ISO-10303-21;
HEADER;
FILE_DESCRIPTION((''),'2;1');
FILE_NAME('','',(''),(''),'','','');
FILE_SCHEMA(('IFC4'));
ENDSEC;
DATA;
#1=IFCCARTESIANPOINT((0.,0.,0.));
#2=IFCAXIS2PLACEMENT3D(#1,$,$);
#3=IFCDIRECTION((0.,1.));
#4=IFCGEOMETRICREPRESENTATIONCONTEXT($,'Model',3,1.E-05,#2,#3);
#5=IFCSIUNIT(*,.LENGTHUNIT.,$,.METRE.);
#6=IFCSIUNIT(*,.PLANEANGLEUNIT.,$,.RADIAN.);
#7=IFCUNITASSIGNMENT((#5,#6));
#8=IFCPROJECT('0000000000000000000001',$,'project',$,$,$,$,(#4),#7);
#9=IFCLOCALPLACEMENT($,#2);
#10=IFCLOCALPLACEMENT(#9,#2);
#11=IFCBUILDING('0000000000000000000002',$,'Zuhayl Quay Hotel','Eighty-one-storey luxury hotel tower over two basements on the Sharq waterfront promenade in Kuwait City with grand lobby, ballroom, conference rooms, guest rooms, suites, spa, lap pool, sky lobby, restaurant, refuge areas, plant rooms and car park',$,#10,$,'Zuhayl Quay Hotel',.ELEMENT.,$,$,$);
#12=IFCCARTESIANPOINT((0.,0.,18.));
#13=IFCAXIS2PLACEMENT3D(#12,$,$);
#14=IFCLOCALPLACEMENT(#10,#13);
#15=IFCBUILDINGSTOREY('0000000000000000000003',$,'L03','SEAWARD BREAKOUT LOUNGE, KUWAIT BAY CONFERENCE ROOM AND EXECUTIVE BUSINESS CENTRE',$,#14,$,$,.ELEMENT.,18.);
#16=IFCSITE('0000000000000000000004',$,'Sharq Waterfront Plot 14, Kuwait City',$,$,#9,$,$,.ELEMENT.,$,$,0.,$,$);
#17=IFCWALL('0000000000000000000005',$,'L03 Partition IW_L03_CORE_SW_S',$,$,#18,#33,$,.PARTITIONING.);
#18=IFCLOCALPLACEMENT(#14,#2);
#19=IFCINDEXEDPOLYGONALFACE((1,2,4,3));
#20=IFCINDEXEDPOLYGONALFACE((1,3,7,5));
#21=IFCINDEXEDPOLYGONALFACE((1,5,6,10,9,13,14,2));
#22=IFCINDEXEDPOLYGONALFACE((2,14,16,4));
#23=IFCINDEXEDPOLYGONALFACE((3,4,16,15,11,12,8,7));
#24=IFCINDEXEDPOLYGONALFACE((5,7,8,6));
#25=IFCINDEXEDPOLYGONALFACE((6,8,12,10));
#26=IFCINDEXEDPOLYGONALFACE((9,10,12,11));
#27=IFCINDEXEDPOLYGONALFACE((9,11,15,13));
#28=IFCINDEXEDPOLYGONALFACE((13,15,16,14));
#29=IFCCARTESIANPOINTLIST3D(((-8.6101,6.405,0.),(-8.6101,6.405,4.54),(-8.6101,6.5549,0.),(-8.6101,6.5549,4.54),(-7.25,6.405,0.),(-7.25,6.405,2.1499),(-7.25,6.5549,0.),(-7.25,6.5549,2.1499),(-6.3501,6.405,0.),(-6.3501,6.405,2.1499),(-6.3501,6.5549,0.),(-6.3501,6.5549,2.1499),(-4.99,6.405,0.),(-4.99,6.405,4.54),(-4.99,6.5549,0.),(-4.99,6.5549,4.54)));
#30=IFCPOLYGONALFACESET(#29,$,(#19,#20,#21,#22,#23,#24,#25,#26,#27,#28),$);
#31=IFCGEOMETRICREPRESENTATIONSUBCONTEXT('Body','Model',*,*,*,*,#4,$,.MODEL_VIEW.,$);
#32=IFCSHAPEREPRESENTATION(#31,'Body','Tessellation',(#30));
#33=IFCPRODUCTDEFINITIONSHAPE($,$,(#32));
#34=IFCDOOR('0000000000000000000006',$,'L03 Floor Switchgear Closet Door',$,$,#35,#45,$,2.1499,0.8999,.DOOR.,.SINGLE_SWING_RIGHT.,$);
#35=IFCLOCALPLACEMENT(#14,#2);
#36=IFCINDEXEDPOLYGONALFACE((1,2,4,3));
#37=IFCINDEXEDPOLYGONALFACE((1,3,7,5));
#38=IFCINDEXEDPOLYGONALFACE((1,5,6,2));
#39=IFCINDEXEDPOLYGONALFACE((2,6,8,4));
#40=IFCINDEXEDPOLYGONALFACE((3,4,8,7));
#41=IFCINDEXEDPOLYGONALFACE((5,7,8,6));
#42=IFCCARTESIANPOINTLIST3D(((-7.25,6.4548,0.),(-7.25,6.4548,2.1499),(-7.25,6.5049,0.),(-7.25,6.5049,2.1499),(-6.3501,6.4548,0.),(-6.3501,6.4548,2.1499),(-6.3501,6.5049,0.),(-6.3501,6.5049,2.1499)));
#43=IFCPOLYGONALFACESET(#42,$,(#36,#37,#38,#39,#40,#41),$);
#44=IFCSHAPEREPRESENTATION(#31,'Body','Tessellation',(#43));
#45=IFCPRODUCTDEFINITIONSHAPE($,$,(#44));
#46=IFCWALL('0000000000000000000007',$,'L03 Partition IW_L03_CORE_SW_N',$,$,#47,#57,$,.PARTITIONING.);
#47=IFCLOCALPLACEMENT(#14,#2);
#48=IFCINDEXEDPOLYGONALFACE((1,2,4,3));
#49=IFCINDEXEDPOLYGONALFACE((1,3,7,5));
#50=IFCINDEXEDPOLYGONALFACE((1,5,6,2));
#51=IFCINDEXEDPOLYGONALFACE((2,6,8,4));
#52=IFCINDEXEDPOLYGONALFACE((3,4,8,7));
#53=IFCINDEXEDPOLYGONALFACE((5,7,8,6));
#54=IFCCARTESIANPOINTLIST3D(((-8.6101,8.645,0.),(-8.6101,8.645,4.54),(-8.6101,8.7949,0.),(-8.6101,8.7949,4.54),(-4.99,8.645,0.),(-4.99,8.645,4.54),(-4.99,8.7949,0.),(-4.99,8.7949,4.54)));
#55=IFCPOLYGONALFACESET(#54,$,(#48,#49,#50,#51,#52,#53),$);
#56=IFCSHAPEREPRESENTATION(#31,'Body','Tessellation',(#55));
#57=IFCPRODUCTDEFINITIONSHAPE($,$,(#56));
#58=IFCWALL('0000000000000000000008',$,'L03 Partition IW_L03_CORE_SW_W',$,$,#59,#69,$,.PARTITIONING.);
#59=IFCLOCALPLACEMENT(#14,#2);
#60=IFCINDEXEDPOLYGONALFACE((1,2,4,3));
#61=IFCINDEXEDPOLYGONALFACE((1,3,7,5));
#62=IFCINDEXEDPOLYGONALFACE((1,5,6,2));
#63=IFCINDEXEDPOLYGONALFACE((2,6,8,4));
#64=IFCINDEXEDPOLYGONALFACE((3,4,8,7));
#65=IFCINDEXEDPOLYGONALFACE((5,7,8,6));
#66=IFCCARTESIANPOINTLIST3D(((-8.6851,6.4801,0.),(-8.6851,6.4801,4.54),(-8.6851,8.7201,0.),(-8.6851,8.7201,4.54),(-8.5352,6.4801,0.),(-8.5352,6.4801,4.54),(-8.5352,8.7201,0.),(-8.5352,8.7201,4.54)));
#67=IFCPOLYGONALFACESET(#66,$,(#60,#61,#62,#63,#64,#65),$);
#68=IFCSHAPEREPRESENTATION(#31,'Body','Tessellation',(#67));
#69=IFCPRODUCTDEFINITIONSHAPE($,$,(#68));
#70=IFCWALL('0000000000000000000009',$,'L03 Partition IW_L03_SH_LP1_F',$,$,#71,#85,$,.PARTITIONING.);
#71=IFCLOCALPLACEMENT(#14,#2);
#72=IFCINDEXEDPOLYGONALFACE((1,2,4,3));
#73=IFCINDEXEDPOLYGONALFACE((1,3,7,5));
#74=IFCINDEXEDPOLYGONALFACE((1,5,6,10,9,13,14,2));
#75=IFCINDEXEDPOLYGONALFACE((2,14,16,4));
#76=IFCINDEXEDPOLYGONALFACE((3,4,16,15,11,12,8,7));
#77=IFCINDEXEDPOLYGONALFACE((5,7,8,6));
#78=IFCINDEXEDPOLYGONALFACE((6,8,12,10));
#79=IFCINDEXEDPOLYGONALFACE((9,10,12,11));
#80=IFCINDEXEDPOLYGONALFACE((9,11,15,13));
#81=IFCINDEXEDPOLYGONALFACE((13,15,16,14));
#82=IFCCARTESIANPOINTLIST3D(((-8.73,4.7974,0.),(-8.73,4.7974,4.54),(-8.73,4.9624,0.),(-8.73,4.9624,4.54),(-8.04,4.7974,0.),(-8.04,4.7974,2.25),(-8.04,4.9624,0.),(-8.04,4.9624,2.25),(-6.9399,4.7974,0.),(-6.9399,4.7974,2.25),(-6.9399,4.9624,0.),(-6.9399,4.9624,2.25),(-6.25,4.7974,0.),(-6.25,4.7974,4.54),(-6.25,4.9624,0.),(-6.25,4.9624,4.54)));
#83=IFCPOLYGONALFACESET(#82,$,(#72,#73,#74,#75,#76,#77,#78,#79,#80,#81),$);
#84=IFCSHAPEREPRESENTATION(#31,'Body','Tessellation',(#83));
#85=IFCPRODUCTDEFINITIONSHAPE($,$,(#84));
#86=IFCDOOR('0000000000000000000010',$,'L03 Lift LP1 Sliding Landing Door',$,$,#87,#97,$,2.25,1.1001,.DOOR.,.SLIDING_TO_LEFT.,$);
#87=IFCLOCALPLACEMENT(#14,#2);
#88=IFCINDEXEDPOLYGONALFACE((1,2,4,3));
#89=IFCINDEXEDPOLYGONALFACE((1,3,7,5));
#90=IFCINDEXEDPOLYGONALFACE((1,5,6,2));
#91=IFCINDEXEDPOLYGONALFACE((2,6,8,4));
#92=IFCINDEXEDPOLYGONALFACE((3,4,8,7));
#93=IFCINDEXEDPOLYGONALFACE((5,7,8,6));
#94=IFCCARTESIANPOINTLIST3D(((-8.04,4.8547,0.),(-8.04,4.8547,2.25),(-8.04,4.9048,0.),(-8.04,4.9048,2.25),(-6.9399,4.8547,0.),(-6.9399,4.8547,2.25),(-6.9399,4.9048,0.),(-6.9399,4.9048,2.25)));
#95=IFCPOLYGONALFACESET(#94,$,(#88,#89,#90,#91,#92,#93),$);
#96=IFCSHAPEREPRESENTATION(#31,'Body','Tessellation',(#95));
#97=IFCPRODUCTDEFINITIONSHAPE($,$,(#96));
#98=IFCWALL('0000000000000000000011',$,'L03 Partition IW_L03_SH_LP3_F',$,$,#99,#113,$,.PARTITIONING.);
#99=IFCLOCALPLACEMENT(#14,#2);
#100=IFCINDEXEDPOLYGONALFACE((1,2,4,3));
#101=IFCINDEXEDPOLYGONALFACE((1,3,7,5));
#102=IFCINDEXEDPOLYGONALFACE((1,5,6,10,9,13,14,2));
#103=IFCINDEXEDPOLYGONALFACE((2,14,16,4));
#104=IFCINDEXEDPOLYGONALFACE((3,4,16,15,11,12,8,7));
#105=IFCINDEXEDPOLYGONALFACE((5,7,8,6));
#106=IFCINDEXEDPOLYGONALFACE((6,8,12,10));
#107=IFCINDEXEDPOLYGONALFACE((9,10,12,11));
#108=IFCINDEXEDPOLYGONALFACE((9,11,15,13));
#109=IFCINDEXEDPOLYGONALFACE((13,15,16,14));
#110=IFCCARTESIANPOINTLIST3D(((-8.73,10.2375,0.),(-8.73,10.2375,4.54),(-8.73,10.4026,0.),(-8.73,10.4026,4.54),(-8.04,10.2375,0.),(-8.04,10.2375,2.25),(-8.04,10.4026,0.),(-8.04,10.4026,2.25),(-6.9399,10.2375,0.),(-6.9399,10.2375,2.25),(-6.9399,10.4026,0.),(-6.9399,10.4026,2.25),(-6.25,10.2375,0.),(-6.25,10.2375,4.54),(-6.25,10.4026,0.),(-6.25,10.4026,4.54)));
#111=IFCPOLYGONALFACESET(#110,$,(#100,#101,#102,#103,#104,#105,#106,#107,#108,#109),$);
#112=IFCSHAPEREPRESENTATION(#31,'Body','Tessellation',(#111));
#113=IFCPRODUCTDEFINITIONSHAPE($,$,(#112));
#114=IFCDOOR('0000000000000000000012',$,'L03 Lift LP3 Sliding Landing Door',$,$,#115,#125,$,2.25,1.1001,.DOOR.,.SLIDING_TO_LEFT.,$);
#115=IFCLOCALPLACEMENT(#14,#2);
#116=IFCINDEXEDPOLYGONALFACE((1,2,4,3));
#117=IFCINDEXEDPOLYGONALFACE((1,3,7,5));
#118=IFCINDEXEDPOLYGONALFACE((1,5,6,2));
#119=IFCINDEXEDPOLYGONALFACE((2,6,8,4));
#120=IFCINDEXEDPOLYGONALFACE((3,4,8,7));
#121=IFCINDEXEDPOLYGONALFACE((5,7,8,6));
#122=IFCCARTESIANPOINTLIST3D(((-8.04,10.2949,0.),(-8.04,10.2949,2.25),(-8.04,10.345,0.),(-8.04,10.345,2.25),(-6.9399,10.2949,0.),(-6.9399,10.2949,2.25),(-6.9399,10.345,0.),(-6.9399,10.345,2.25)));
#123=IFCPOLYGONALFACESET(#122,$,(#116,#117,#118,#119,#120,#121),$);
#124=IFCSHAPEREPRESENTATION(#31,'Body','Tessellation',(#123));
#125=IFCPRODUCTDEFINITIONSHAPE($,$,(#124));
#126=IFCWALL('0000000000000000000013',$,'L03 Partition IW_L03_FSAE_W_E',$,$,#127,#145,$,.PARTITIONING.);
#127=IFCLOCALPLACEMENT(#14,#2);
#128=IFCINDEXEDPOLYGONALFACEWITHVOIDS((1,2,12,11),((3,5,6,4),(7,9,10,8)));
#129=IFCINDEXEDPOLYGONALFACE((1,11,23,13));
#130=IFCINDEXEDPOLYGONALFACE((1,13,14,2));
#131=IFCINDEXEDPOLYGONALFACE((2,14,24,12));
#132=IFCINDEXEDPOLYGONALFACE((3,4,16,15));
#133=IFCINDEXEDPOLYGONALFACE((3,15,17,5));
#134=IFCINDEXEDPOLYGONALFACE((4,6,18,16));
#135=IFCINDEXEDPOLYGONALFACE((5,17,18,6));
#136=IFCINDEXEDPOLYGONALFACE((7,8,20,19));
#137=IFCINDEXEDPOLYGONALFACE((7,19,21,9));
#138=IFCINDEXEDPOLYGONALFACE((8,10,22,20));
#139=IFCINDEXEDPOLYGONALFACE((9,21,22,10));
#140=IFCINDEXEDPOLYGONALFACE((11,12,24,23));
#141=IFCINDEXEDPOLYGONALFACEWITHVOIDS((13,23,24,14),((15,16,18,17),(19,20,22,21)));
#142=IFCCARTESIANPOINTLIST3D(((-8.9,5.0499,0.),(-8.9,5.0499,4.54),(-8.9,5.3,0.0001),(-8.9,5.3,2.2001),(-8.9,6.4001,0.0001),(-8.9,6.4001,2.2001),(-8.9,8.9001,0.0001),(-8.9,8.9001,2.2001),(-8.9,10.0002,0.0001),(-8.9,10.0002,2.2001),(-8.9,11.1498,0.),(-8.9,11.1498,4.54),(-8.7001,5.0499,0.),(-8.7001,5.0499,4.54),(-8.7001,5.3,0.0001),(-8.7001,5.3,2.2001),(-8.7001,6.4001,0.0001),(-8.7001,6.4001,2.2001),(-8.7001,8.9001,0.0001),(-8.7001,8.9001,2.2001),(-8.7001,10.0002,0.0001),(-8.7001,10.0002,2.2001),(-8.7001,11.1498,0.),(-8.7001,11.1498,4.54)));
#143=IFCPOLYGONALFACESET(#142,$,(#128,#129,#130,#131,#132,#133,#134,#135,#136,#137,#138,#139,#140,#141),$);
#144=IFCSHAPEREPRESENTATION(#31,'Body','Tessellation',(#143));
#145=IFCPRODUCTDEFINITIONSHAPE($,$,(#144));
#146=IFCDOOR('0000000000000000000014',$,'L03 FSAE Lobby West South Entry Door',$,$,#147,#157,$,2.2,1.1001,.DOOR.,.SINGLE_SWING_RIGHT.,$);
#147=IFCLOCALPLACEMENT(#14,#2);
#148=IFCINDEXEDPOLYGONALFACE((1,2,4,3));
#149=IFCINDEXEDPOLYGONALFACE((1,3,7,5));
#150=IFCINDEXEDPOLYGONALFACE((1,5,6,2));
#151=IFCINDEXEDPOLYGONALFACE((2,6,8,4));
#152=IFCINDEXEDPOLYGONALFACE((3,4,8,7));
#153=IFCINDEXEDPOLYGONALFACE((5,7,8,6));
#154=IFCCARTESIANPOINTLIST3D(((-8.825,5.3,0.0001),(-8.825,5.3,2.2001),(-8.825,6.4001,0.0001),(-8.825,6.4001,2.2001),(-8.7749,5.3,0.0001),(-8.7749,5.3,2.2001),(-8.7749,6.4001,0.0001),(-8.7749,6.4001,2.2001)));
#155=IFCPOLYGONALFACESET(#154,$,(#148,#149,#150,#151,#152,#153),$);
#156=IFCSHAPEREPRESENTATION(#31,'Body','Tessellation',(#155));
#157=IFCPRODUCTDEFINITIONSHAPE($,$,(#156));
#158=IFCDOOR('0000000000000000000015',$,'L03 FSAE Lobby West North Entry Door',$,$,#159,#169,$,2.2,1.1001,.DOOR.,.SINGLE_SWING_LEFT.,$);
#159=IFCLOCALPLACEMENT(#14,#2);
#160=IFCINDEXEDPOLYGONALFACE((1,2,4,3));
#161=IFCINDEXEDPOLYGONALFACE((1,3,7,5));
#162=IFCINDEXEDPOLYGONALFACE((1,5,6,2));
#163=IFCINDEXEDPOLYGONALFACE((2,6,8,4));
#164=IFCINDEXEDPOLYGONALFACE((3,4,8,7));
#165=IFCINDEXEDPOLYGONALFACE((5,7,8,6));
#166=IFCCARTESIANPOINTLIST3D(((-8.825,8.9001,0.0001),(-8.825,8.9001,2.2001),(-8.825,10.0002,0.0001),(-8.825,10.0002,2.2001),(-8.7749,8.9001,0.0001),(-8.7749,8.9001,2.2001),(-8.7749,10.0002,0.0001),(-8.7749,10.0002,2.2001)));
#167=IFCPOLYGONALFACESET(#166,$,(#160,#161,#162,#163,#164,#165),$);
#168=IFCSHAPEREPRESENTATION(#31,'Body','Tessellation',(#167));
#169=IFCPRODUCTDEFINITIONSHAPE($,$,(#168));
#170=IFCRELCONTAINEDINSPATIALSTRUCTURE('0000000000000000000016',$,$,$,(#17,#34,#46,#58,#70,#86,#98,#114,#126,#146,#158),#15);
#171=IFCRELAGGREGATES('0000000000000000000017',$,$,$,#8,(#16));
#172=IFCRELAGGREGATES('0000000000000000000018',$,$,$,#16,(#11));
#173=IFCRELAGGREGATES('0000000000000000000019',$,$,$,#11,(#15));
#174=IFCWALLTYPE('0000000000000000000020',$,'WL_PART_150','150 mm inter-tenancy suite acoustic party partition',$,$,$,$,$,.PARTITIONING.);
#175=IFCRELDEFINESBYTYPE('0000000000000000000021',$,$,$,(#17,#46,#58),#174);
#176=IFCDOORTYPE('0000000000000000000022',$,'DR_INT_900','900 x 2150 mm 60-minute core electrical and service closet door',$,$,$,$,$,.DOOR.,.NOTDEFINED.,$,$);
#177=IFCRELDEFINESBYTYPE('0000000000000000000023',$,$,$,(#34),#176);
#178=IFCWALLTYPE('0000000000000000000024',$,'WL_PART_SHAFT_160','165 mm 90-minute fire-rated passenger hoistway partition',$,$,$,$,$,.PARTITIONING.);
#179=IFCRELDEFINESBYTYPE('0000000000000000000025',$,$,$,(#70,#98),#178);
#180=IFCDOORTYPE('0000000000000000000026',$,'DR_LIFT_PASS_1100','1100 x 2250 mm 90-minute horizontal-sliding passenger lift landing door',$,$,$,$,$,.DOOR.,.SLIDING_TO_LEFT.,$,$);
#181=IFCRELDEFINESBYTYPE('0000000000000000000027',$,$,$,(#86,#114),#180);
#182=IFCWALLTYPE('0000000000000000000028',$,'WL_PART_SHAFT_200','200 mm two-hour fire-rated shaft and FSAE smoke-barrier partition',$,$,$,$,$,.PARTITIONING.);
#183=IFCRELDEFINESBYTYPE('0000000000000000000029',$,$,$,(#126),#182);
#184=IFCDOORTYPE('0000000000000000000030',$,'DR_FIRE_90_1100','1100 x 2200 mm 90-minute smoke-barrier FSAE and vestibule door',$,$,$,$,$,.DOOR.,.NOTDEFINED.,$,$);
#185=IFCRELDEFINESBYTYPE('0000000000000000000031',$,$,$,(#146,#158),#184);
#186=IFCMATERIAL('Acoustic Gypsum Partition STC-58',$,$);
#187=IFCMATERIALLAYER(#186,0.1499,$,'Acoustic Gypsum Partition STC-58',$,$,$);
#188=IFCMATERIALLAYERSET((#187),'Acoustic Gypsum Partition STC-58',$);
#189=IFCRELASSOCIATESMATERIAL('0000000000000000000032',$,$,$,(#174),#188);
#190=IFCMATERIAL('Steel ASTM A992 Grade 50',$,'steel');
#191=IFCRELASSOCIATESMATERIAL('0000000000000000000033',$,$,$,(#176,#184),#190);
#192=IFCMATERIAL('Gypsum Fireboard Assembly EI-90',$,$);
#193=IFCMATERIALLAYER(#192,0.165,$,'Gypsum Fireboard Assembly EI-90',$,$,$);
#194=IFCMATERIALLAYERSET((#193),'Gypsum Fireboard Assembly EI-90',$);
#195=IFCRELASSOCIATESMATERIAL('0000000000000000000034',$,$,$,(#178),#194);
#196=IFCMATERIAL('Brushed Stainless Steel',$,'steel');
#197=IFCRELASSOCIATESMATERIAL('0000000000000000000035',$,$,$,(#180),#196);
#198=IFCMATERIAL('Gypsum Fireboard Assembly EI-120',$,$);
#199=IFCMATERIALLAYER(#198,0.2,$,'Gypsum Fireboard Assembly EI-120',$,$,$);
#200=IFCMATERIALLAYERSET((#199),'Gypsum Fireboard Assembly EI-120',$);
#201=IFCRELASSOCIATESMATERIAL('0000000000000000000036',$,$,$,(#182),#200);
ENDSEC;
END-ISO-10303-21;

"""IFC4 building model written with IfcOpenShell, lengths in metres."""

from ifc_helpers import new_model, si_unit, direction, frame, frame_2d, origin, place, context, subcontext, project, spatial, rectangle, extrude, material, layer, layer_set, type_object, element, fill, save


model = new_model("IFC4")

# Units and contexts
model_context = context("Model", 3, precision=1e-05, world=origin(), true_north=direction((0.0, 1.0)))
body_context = subcontext(model_context, "Body", "Model", "MODEL_VIEW")
ifc_project = project(units=[si_unit("LENGTHUNIT", "METRE"), si_unit("PLANEANGLEUNIT", "RADIAN")], contexts=[model_context])

# Site, building, storey
site_placement = place(None, origin())
site = spatial("IfcSite", under=ifc_project, at=site_placement, Name="Sharq Waterfront Plot 14, Kuwait City", CompositionType="ELEMENT", RefElevation=0.0)
building_placement = place(site_placement, origin())
building = spatial("IfcBuilding", under=site, at=building_placement, Name="Zuhayl Quay Hotel", Description="Eighty-one-storey luxury hotel tower over two basements on the Sharq waterfront promenade in Kuwait City with grand lobby, ballroom, conference rooms, guest rooms, suites, spa, lap pool, sky lobby, restaurant, refuge areas, plant rooms and car park", LongName="Zuhayl Quay Hotel", CompositionType="ELEMENT")
storey_placement = place(building_placement, frame((0.0, 0.0, 18.0)))
storey = spatial("IfcBuildingStorey", under=building, at=storey_placement, Name="L03", Description="SEAWARD BREAKOUT LOUNGE, KUWAIT BAY CONFERENCE ROOM AND EXECUTIVE BUSINESS CENTRE", CompositionType="ELEMENT", Elevation=18.0)

# Wall, opening, door
ifc_material_1 = material(Name="Acoustic Gypsum Partition STC-58")
ifc_layer_1 = layer(ifc_material_1, 0.1499, Name="Acoustic Gypsum Partition STC-58")
ifc_layer_set_1 = layer_set([ifc_layer_1], Name="Acoustic Gypsum Partition STC-58")
wall_type_1 = type_object("IfcWallType", Name="WL_PART_150", Description="150 mm inter-tenancy suite acoustic party partition", PredefinedType="PARTITIONING", material=ifc_layer_set_1)
wall_1_placement = place(storey_placement, frame((-8.6101, 6.48, 0.0), z_axis=(0.0, 0.0, 1.0), x_axis=(1.0, 0.0, 0.0)))
wall_1 = element("IfcWall", 1, at=wall_1_placement, inside=storey, type_object=wall_type_1, Name="L03 Partition IW_L03_CORE_SW_S", PredefinedType="PARTITIONING", context=body_context, shape_type="SweptSolid", body=[
    extrude(rectangle(XDim=3.6201, YDim=0.1499, at=frame_2d((1.8101, 0.0))), origin(), (0.0, 0.0, 1.0), 4.54),
])
opening_1_placement = place(wall_1_placement, frame((1.3601, 0.0, 0.0)))
opening_1 = element("IfcOpeningElement", 2, at=opening_1_placement, cuts=wall_1, PredefinedType="OPENING", context=body_context, shape_type="SweptSolid", body=[
    extrude(rectangle(XDim=0.8999, YDim=2.1499, at=frame_2d((0.45, 1.075))), frame((0.0, 0.085, 0.0), z_axis=(0.0, -1.0, 0.0), x_axis=(1.0, 0.0, 0.0)), (0.0, 0.0, 1.0), 0.1699),
])
ifc_material_2 = material(Name="Steel ASTM A992 Grade 50", Category="steel")
door_type_1 = type_object("IfcDoorType", Name="DR_INT_900", Description="900 x 2150 mm 60-minute core electrical and service closet door", OperationType="NOTDEFINED", PredefinedType="DOOR", material=ifc_material_2)
door_1_placement = place(opening_1_placement, origin())
door_1 = element("IfcDoor", 3, at=door_1_placement, inside=storey, type_object=door_type_1, Name="L03 Floor Switchgear Closet Door", OperationType="SINGLE_SWING_RIGHT", OverallHeight=2.1499, OverallWidth=0.8999, PredefinedType="DOOR", context=body_context, shape_type="SweptSolid", body=[
    extrude(rectangle(XDim=0.8999, YDim=2.1499, at=frame_2d((0.45, 1.075))), frame((0.0, 0.0249, 0.0), z_axis=(0.0, -1.0, 0.0), x_axis=(1.0, 0.0, 0.0)), (0.0, 0.0, 1.0), 0.05),
])
fill(opening_1, door_1)

# Walls
wall_2_placement = place(storey_placement, frame((-8.6101, 8.72, 0.0), z_axis=(0.0, 0.0, 1.0), x_axis=(1.0, 0.0, 0.0)))
element("IfcWall", 4, at=wall_2_placement, inside=storey, type_object=wall_type_1, Name="L03 Partition IW_L03_CORE_SW_N", PredefinedType="PARTITIONING", context=body_context, shape_type="SweptSolid", body=[
    extrude(rectangle(XDim=3.6201, YDim=0.1499, at=frame_2d((1.8101, 0.0))), origin(), (0.0, 0.0, 1.0), 4.54),
])
wall_3_placement = place(storey_placement, frame((-8.6101, 6.48, 0.0), z_axis=(0.0, 0.0, 1.0), x_axis=(0.0, 1.0, 0.0)))
element("IfcWall", 5, at=wall_3_placement, inside=storey, type_object=wall_type_1, Name="L03 Partition IW_L03_CORE_SW_W", PredefinedType="PARTITIONING", context=body_context, shape_type="SweptSolid", body=[
    extrude(rectangle(XDim=2.24, YDim=0.1499, at=frame_2d((1.1201, 0.0))), origin(), (0.0, 0.0, 1.0), 4.54),
])

# Walls, openings, doors
ifc_material_3 = material(Name="Gypsum Fireboard Assembly EI-90")
ifc_layer_2 = layer(ifc_material_3, 0.165, Name="Gypsum Fireboard Assembly EI-90")
ifc_layer_set_2 = layer_set([ifc_layer_2], Name="Gypsum Fireboard Assembly EI-90")
wall_type_2 = type_object("IfcWallType", Name="WL_PART_SHAFT_160", Description="165 mm 90-minute fire-rated passenger hoistway partition", PredefinedType="PARTITIONING", material=ifc_layer_set_2)
wall_4_placement = place(storey_placement, frame((-8.73, 4.8799, 0.0), z_axis=(0.0, 0.0, 1.0), x_axis=(1.0, 0.0, 0.0)))
wall_4 = element("IfcWall", 6, at=wall_4_placement, inside=storey, type_object=wall_type_2, Name="L03 Partition IW_L03_SH_LP1_F", PredefinedType="PARTITIONING", context=body_context, shape_type="SweptSolid", body=[
    extrude(rectangle(XDim=2.48, YDim=0.165, at=frame_2d((1.24, 0.0))), origin(), (0.0, 0.0, 1.0), 4.54),
])
opening_2_placement = place(wall_4_placement, frame((0.6899, 0.0, 0.0)))
opening_2 = element("IfcOpeningElement", 7, at=opening_2_placement, cuts=wall_4, PredefinedType="OPENING", context=body_context, shape_type="SweptSolid", body=[
    extrude(rectangle(XDim=1.1001, YDim=2.25, at=frame_2d((0.55, 1.125))), frame((0.0, 0.0925, 0.0), z_axis=(0.0, -1.0, 0.0), x_axis=(1.0, 0.0, 0.0)), (0.0, 0.0, 1.0), 0.1851),
])
ifc_material_4 = material(Name="Brushed Stainless Steel", Category="steel")
door_type_2 = type_object("IfcDoorType", Name="DR_LIFT_PASS_1100", Description="1100 x 2250 mm 90-minute horizontal-sliding passenger lift landing door", OperationType="SLIDING_TO_LEFT", PredefinedType="DOOR", material=ifc_material_4)
door_2_placement = place(opening_2_placement, origin())
door_2 = element("IfcDoor", 8, at=door_2_placement, inside=storey, type_object=door_type_2, Name="L03 Lift LP1 Sliding Landing Door", OperationType="SLIDING_TO_LEFT", OverallHeight=2.25, OverallWidth=1.1001, PredefinedType="DOOR", context=body_context, shape_type="SweptSolid", body=[
    extrude(rectangle(XDim=1.1001, YDim=2.25, at=frame_2d((0.55, 1.125))), frame((0.0, 0.0249, 0.0), z_axis=(0.0, -1.0, 0.0), x_axis=(1.0, 0.0, 0.0)), (0.0, 0.0, 1.0), 0.05),
])
fill(opening_2, door_2)
wall_5_placement = place(storey_placement, frame((-8.73, 10.3201, 0.0), z_axis=(0.0, 0.0, 1.0), x_axis=(1.0, 0.0, 0.0)))
wall_5 = element("IfcWall", 9, at=wall_5_placement, inside=storey, type_object=wall_type_2, Name="L03 Partition IW_L03_SH_LP3_F", PredefinedType="PARTITIONING", context=body_context, shape_type="SweptSolid", body=[
    extrude(rectangle(XDim=2.48, YDim=0.165, at=frame_2d((1.24, 0.0))), origin(), (0.0, 0.0, 1.0), 4.54),
])
opening_3_placement = place(wall_5_placement, frame((0.6899, 0.0, 0.0)))
opening_3 = element("IfcOpeningElement", 10, at=opening_3_placement, cuts=wall_5, PredefinedType="OPENING", context=body_context, shape_type="SweptSolid", body=[
    extrude(rectangle(XDim=1.1001, YDim=2.25, at=frame_2d((0.55, 1.125))), frame((0.0, 0.0925, 0.0), z_axis=(0.0, -1.0, 0.0), x_axis=(1.0, 0.0, 0.0)), (0.0, 0.0, 1.0), 0.1851),
])
door_3_placement = place(opening_3_placement, origin())
door_3 = element("IfcDoor", 11, at=door_3_placement, inside=storey, type_object=door_type_2, Name="L03 Lift LP3 Sliding Landing Door", OperationType="SLIDING_TO_LEFT", OverallHeight=2.25, OverallWidth=1.1001, PredefinedType="DOOR", context=body_context, shape_type="SweptSolid", body=[
    extrude(rectangle(XDim=1.1001, YDim=2.25, at=frame_2d((0.55, 1.125))), frame((0.0, 0.0249, 0.0), z_axis=(0.0, -1.0, 0.0), x_axis=(1.0, 0.0, 0.0)), (0.0, 0.0, 1.0), 0.05),
])
fill(opening_3, door_3)

# Wall, openings, doors
ifc_material_5 = material(Name="Gypsum Fireboard Assembly EI-120")
ifc_layer_3 = layer(ifc_material_5, 0.2, Name="Gypsum Fireboard Assembly EI-120")
ifc_layer_set_3 = layer_set([ifc_layer_3], Name="Gypsum Fireboard Assembly EI-120")
wall_type_3 = type_object("IfcWallType", Name="WL_PART_SHAFT_200", Description="200 mm two-hour fire-rated shaft and FSAE smoke-barrier partition", PredefinedType="PARTITIONING", material=ifc_layer_set_3)
wall_6_placement = place(storey_placement, frame((-8.8, 5.05, 0.0), z_axis=(0.0, 0.0, 1.0), x_axis=(0.0, 1.0, 0.0)))
wall_6 = element("IfcWall", 12, at=wall_6_placement, inside=storey, type_object=wall_type_3, Name="L03 Partition IW_L03_FSAE_W_E", PredefinedType="PARTITIONING", context=body_context, shape_type="SweptSolid", body=[
    extrude(rectangle(XDim=6.0999, YDim=0.2, at=frame_2d((3.0498, 0.0))), origin(), (0.0, 0.0, 1.0), 4.54),
])
opening_4_placement = place(wall_6_placement, frame((0.25, 0.0, 0.0)))
opening_4 = element("IfcOpeningElement", 13, at=opening_4_placement, cuts=wall_6, PredefinedType="OPENING", context=body_context, shape_type="SweptSolid", body=[
    extrude(rectangle(XDim=1.1001, YDim=2.2, at=frame_2d((0.55, 1.1001))), frame((0.0, 0.1099, 0.0), z_axis=(0.0, -1.0, 0.0), x_axis=(1.0, 0.0, 0.0)), (0.0, 0.0, 1.0), 0.22),
])
opening_5_placement = place(wall_6_placement, frame((3.8501, 0.0, 0.0)))
opening_5 = element("IfcOpeningElement", 14, at=opening_5_placement, cuts=wall_6, PredefinedType="OPENING", context=body_context, shape_type="SweptSolid", body=[
    extrude(rectangle(XDim=1.1001, YDim=2.2, at=frame_2d((0.55, 1.1001))), frame((0.0, 0.1099, 0.0), z_axis=(0.0, -1.0, 0.0), x_axis=(1.0, 0.0, 0.0)), (0.0, 0.0, 1.0), 0.22),
])
door_type_3 = type_object("IfcDoorType", Name="DR_FIRE_90_1100", Description="1100 x 2200 mm 90-minute smoke-barrier FSAE and vestibule door", OperationType="NOTDEFINED", PredefinedType="DOOR", material=ifc_material_2)
door_4_placement = place(opening_4_placement, origin())
door_4 = element("IfcDoor", 15, at=door_4_placement, inside=storey, type_object=door_type_3, Name="L03 FSAE Lobby West South Entry Door", OperationType="SINGLE_SWING_RIGHT", OverallHeight=2.2, OverallWidth=1.1001, PredefinedType="DOOR", context=body_context, shape_type="SweptSolid", body=[
    extrude(rectangle(XDim=1.1001, YDim=2.2, at=frame_2d((0.55, 1.1001))), frame((0.0, 0.0249, 0.0), z_axis=(0.0, -1.0, 0.0), x_axis=(1.0, 0.0, 0.0)), (0.0, 0.0, 1.0), 0.05),
])
fill(opening_4, door_4)
door_5_placement = place(opening_5_placement, origin())
door_5 = element("IfcDoor", 16, at=door_5_placement, inside=storey, type_object=door_type_3, Name="L03 FSAE Lobby West North Entry Door", OperationType="SINGLE_SWING_LEFT", OverallHeight=2.2, OverallWidth=1.1001, PredefinedType="DOOR", context=body_context, shape_type="SweptSolid", body=[
    extrude(rectangle(XDim=1.1001, YDim=2.2, at=frame_2d((0.55, 1.1001))), frame((0.0, 0.0249, 0.0), z_axis=(0.0, -1.0, 0.0), x_axis=(1.0, 0.0, 0.0)), (0.0, 0.0, 1.0), 0.05),
])
fill(opening_5, door_5)

save(model, "model.ifc")
